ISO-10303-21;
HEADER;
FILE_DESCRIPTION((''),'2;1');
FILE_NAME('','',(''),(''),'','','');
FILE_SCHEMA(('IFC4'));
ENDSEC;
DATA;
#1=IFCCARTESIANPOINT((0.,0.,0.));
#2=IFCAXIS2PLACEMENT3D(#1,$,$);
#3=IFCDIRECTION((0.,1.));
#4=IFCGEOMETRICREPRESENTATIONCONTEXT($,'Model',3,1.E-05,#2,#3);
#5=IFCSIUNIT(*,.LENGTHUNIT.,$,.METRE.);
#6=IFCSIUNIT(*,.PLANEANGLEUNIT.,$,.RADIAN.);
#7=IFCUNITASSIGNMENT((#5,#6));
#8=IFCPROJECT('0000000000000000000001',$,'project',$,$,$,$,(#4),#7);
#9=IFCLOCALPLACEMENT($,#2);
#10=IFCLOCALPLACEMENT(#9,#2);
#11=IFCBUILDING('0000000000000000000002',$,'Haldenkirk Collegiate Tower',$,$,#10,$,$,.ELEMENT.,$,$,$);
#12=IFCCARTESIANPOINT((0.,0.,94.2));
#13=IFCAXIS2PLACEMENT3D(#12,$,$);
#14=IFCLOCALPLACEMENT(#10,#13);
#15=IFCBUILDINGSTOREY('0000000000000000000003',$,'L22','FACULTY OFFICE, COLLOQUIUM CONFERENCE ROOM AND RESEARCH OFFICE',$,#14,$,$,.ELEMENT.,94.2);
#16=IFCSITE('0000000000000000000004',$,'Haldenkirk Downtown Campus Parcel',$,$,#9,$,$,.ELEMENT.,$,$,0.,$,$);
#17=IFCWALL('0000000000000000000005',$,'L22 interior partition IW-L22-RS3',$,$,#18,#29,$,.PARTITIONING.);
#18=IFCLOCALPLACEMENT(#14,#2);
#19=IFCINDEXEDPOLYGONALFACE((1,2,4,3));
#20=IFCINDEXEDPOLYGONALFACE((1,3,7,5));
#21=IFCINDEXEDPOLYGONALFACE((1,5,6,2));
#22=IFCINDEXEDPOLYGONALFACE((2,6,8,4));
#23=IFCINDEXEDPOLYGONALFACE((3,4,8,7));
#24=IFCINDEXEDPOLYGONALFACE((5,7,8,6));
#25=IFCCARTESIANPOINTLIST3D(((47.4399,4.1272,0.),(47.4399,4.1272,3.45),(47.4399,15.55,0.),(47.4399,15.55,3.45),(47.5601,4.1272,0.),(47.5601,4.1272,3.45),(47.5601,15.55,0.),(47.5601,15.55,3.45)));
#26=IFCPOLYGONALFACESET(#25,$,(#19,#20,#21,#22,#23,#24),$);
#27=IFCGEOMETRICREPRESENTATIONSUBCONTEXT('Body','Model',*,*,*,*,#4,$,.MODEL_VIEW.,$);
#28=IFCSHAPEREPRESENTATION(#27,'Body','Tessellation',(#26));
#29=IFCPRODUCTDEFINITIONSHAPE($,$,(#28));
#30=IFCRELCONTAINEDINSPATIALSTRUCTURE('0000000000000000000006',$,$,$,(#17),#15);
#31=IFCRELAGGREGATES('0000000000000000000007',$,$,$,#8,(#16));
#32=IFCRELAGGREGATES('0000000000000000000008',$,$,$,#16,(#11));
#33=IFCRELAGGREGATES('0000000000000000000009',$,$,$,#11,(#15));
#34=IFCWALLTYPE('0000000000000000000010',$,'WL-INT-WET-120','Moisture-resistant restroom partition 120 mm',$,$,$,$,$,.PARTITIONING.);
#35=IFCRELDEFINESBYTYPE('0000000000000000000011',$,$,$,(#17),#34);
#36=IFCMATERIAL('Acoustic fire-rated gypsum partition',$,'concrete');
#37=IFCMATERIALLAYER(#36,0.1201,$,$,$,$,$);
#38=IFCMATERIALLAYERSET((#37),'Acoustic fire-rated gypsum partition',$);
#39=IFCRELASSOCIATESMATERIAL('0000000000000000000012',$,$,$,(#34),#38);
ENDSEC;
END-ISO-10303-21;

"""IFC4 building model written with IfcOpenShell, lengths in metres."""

from ifc_helpers import new_model, si_unit, direction, frame, frame_2d, origin, place, context, subcontext, project, spatial, rectangle, extrude, material, layer, layer_set, type_object, element, save


model = new_model("IFC4")

# Units and contexts
model_context = context("Model", 3, precision=1e-05, world=origin(), true_north=direction((0.0, 1.0)))
body_context = subcontext(model_context, "Body", "Model", "MODEL_VIEW")
ifc_project = project(units=[si_unit("LENGTHUNIT", "METRE"), si_unit("PLANEANGLEUNIT", "RADIAN")], contexts=[model_context])

# Site, building, storey
site_placement = place(None, origin())
site = spatial("IfcSite", under=ifc_project, at=site_placement, Name="Haldenkirk Downtown Campus Parcel", CompositionType="ELEMENT", RefElevation=0.0)
building_placement = place(site_placement, origin())
building = spatial("IfcBuilding", under=site, at=building_placement, Name="Haldenkirk Collegiate Tower", CompositionType="ELEMENT")
storey_placement = place(building_placement, frame((0.0, 0.0, 94.2)))
storey = spatial("IfcBuildingStorey", under=building, at=storey_placement, Name="L22", Description="FACULTY OFFICE, COLLOQUIUM CONFERENCE ROOM AND RESEARCH OFFICE", CompositionType="ELEMENT", Elevation=94.2)

# Shared definitions
ifc_material_1 = material(Name="Acoustic fire-rated gypsum partition", Category="concrete")

# Wall
ifc_layer_1 = layer(ifc_material_1, 0.1201)
ifc_layer_set_1 = layer_set([ifc_layer_1], Name="Acoustic fire-rated gypsum partition")
wall_type_1 = type_object("IfcWallType", Name="WL-INT-WET-120", Description="Moisture-resistant restroom partition 120 mm", PredefinedType="PARTITIONING", material=ifc_layer_set_1)
wall_1_placement = place(storey_placement, frame((47.5, 4.1272, 0.0), z_axis=(0.0, 0.0, 1.0), x_axis=(0.0, 1.0, 0.0)))
element("IfcWall", 1, at=wall_1_placement, inside=storey, type_object=wall_type_1, Name="L22 interior partition IW-L22-RS3", PredefinedType="PARTITIONING", context=body_context, shape_type="SweptSolid", body=[
    extrude(rectangle(XDim=11.4229, YDim=0.1201, at=frame_2d((5.7114, 0.0))), origin(), (0.0, 0.0, 1.0), 3.45),
])

save(model, "model.ifc")
